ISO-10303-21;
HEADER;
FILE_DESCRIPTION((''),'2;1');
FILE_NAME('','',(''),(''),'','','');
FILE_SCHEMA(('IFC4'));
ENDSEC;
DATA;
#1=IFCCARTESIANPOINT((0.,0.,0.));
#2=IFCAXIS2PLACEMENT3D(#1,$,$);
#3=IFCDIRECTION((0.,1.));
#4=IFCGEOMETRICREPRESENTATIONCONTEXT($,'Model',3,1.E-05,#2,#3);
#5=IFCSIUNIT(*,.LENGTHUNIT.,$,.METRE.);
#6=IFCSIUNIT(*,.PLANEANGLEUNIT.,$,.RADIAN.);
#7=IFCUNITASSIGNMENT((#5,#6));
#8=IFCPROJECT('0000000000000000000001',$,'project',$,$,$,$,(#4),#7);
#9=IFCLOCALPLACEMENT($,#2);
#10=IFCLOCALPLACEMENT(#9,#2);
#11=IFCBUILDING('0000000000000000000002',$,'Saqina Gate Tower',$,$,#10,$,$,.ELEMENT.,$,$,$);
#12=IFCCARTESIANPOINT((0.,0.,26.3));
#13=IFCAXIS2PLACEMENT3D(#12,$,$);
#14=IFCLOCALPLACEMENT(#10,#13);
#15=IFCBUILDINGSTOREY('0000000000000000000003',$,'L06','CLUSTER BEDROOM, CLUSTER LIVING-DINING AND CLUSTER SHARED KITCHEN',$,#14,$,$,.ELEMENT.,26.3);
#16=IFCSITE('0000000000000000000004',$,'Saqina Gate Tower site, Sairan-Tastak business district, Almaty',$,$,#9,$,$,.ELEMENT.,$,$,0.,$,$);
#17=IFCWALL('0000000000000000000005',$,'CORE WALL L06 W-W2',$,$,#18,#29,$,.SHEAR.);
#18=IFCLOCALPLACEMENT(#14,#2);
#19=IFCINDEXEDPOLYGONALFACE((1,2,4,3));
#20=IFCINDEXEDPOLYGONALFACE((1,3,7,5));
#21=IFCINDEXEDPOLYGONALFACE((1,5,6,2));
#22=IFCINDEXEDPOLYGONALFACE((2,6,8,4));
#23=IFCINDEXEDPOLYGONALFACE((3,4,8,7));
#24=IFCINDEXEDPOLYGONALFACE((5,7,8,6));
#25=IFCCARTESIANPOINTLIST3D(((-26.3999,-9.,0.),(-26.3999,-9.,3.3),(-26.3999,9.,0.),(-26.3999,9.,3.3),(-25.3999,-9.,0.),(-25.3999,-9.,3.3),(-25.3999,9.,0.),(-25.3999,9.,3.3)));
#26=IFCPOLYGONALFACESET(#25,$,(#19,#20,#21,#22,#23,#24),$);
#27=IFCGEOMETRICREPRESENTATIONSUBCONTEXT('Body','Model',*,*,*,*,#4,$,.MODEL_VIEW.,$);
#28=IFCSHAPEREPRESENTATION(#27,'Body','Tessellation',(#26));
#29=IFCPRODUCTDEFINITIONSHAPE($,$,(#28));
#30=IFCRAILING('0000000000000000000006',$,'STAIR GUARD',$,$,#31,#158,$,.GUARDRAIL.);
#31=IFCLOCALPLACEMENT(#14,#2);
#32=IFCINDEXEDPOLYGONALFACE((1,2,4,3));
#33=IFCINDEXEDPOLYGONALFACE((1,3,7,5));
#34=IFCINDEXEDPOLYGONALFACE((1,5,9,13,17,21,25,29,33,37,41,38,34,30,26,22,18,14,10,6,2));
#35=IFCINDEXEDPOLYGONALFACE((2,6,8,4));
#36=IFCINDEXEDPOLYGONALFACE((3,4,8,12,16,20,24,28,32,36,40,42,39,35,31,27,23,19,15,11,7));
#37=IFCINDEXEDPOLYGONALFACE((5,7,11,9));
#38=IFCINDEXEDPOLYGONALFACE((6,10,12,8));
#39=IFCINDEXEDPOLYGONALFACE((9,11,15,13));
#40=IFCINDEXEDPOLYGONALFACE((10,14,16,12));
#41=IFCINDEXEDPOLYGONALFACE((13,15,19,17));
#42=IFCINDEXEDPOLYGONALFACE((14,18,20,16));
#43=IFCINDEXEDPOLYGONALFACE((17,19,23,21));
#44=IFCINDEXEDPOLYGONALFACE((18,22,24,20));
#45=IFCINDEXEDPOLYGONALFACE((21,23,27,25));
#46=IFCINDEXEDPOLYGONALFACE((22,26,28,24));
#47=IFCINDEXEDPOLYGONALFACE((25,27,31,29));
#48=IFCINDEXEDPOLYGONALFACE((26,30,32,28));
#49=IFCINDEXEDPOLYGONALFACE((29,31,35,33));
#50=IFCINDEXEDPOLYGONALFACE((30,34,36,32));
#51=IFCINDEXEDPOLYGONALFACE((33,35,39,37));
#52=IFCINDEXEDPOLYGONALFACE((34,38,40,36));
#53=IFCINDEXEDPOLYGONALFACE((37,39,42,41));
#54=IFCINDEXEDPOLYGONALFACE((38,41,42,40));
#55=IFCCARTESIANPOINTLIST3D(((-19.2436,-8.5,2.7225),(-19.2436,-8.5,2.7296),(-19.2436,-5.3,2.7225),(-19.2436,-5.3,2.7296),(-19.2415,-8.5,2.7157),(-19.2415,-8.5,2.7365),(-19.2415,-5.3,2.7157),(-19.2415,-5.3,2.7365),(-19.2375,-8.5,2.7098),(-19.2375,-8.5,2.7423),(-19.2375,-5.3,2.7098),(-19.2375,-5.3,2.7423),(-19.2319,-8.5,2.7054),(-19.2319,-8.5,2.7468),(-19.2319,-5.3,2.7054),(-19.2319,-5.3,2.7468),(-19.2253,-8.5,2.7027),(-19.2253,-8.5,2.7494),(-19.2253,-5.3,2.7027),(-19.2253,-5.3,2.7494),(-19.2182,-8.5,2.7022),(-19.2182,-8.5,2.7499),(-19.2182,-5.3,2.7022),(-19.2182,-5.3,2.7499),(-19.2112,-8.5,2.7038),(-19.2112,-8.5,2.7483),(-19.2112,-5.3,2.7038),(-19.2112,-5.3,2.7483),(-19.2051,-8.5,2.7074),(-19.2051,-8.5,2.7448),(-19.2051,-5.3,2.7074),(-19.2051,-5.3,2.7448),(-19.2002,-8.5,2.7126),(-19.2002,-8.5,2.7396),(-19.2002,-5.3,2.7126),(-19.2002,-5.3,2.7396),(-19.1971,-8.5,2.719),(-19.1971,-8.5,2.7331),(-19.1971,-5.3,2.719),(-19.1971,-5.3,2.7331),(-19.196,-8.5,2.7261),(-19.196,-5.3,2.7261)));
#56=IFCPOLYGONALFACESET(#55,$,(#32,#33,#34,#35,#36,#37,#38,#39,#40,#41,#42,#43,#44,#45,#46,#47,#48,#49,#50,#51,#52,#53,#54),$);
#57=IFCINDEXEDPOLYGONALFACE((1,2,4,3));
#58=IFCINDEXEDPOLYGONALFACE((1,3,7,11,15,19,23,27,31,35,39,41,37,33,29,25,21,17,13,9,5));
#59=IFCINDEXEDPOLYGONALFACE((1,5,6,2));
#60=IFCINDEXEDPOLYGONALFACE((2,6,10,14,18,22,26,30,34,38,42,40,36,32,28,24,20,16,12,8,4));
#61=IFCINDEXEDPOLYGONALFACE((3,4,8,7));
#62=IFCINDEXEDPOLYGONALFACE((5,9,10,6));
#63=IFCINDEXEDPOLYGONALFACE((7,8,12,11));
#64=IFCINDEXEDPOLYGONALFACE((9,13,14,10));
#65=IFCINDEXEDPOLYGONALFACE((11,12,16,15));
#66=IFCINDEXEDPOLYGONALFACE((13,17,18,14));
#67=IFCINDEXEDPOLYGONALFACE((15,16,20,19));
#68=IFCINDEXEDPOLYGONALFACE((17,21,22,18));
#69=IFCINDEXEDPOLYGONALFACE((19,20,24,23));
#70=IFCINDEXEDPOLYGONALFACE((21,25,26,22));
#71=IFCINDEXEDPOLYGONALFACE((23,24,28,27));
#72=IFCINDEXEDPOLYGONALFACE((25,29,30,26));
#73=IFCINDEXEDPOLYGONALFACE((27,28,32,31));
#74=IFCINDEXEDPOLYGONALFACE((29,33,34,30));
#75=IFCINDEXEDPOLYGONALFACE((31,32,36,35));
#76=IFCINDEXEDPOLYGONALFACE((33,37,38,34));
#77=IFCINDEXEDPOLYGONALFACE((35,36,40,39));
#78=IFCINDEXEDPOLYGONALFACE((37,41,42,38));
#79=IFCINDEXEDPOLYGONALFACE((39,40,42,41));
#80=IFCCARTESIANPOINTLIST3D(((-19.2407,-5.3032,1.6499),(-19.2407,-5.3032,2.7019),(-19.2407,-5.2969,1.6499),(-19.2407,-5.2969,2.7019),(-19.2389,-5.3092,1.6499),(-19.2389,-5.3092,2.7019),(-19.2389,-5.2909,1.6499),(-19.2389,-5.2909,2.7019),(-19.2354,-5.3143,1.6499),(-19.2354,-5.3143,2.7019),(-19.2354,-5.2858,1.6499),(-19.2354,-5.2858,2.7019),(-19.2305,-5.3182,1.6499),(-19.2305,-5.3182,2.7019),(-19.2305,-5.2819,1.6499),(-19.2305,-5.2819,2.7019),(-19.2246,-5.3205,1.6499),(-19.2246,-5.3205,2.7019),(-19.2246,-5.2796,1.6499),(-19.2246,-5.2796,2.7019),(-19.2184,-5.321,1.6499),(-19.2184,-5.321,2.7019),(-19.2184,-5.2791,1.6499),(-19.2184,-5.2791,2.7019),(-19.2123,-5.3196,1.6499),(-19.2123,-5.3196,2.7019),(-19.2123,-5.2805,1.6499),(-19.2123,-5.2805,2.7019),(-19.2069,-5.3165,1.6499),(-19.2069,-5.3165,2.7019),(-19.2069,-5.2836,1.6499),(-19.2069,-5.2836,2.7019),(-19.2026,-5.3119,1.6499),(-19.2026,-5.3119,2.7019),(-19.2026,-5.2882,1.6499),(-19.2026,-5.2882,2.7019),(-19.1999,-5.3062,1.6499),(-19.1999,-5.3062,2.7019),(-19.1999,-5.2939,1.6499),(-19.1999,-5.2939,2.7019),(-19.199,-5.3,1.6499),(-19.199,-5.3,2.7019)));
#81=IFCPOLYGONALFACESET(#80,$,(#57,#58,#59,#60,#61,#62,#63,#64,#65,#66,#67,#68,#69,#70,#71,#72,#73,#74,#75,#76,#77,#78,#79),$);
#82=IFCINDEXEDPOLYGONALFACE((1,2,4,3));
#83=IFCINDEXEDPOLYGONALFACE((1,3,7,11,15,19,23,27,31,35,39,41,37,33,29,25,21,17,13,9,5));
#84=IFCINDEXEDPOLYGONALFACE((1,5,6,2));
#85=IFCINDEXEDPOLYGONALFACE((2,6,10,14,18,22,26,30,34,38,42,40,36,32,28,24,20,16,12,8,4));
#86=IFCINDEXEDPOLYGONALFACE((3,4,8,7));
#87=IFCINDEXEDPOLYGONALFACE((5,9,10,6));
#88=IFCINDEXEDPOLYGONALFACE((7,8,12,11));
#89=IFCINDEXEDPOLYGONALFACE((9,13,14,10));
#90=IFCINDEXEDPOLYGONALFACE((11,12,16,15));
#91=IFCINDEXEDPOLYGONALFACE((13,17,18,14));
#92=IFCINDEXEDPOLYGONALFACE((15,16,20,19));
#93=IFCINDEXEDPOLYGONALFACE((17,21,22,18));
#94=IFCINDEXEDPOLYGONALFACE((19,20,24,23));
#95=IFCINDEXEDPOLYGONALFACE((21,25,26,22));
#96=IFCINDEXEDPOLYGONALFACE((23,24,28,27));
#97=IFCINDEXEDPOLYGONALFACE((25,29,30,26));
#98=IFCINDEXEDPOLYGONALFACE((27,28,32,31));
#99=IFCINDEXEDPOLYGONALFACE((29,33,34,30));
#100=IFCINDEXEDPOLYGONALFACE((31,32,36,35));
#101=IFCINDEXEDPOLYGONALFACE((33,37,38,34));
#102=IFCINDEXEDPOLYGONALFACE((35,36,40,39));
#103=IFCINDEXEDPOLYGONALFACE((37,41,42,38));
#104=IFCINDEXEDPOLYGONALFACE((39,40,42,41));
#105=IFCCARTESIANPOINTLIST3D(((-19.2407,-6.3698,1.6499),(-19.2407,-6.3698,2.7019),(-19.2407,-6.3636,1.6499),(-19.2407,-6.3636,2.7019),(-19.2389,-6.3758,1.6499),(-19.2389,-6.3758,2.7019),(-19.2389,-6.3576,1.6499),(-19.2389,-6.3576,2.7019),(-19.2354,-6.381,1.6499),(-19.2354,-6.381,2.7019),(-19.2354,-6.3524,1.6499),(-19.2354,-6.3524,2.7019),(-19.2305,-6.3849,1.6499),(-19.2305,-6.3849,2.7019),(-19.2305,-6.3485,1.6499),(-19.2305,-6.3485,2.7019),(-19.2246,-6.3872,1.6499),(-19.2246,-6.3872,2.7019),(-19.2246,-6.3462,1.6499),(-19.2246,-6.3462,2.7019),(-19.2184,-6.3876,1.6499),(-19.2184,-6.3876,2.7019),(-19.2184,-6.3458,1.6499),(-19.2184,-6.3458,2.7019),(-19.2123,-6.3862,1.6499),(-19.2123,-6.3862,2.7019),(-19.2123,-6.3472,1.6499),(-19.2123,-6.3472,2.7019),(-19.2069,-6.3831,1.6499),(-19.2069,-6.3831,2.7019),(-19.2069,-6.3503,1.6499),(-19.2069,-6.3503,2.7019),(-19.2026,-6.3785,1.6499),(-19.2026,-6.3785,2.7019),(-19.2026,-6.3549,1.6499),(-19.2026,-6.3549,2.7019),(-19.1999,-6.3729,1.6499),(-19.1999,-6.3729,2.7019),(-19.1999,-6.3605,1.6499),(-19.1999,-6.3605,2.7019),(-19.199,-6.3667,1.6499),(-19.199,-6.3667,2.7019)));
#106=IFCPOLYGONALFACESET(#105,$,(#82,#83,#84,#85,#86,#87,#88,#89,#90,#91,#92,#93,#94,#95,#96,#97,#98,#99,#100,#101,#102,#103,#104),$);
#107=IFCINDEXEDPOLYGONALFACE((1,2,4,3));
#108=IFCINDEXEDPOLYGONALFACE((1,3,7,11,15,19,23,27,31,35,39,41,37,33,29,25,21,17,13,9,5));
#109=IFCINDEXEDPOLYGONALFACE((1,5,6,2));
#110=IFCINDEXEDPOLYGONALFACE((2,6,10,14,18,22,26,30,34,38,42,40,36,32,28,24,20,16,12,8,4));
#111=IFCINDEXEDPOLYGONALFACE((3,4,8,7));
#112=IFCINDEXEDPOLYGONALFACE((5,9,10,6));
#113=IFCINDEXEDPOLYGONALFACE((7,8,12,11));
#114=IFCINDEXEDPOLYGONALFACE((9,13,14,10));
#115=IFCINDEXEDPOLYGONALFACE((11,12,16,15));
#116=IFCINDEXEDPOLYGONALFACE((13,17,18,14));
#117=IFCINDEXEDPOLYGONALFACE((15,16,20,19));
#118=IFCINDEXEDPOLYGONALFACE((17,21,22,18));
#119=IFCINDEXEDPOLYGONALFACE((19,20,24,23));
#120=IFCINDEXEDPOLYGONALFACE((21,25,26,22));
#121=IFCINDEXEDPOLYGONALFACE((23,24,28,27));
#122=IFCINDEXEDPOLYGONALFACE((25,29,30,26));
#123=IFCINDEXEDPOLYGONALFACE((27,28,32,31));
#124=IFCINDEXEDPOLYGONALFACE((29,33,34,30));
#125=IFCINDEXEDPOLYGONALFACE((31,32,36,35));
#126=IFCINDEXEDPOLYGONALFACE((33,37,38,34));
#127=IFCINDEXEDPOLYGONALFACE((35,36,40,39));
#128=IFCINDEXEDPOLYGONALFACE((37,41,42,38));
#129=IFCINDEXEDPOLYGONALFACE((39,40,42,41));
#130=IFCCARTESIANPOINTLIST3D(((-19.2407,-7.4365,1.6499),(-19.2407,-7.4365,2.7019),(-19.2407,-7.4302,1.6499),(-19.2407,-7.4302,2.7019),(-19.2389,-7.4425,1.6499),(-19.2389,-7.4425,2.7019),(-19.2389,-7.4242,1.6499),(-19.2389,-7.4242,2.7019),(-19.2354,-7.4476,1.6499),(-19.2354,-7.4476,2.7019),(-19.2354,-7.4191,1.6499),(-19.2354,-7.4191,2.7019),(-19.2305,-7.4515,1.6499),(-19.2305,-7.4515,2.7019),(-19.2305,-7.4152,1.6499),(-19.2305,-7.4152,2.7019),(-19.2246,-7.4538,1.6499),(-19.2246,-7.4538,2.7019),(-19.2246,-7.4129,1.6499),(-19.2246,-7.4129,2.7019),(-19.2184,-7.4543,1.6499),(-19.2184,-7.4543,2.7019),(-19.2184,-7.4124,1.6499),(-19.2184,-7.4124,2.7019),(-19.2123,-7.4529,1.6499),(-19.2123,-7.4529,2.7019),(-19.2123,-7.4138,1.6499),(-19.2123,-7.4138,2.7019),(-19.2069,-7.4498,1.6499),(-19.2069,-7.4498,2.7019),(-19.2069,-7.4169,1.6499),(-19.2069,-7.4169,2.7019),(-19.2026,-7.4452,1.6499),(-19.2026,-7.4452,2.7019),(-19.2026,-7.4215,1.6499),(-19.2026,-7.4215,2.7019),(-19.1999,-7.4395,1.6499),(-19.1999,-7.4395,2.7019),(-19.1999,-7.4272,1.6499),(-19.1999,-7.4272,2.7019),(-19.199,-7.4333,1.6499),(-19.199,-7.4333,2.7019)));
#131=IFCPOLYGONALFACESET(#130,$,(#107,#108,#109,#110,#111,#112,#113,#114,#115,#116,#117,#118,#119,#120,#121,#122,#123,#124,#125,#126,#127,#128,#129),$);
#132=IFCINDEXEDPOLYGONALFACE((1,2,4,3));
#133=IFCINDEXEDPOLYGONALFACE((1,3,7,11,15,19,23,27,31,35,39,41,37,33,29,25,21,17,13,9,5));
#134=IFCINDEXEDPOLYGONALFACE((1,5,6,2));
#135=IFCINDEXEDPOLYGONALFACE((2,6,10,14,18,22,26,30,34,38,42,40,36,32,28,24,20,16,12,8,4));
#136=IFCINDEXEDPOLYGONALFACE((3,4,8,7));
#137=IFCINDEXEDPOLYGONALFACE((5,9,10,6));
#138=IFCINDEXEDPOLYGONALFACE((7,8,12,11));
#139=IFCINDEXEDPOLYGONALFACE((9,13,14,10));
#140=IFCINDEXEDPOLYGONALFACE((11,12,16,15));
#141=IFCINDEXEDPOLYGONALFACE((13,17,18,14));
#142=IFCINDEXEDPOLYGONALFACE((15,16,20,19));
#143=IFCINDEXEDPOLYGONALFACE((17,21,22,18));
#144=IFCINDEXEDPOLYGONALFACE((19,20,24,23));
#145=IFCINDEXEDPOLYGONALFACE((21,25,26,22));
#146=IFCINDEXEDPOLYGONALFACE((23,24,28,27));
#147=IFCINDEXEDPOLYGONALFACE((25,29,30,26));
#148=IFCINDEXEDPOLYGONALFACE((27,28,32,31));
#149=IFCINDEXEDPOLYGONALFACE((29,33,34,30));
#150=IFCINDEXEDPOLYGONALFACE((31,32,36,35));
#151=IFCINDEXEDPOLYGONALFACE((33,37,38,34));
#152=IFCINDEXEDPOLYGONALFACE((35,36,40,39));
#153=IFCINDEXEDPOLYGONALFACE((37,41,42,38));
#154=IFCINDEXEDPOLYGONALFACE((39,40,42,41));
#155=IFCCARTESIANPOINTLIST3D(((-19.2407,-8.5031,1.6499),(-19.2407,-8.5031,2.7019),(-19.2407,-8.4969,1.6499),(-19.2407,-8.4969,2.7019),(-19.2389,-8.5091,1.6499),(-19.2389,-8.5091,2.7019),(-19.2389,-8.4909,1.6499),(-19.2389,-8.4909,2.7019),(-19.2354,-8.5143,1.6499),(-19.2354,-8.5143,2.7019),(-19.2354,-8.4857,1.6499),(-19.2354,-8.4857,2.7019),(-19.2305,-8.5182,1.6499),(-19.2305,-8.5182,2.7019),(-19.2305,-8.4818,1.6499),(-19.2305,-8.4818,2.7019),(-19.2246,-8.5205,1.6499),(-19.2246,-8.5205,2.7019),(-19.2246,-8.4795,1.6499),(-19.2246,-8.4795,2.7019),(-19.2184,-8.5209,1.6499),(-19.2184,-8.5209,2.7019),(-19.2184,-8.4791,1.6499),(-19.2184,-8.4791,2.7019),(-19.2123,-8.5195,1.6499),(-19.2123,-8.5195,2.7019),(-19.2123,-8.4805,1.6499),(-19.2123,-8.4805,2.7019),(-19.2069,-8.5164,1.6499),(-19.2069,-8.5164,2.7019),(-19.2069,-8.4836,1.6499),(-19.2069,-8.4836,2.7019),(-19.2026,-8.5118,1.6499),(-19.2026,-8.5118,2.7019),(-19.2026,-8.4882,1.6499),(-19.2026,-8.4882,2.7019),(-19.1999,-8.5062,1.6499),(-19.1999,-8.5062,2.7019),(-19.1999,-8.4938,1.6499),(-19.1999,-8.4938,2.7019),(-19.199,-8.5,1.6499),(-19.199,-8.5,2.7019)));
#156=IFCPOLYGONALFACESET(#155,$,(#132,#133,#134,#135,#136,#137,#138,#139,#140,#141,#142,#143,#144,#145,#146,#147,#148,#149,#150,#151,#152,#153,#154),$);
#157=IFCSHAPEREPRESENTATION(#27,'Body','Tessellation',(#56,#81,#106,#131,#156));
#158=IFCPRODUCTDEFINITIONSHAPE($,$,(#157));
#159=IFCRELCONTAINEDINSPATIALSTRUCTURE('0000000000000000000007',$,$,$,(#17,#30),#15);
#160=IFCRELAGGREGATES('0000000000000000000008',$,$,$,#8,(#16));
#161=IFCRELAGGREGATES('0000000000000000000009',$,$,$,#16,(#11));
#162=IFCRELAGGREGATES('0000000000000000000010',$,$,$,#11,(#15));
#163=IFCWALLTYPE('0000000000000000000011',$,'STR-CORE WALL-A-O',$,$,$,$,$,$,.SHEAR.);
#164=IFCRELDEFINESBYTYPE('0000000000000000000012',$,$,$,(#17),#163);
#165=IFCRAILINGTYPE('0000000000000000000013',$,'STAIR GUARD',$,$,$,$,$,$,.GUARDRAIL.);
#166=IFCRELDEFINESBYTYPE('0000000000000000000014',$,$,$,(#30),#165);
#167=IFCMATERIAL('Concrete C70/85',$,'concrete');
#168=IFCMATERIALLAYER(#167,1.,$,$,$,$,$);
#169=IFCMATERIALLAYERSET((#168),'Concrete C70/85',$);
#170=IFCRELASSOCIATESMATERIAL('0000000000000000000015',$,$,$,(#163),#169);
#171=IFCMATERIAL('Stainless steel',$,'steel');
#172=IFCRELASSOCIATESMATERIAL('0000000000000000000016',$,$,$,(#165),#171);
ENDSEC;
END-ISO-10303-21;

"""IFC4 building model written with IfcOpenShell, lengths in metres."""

from ifc_helpers import new_model, si_unit, direction, frame, frame_2d, origin, origin_2d, place, context, subcontext, project, spatial, rectangle, circle, extrude, material, layer, layer_set, type_object, element, save


model = new_model("IFC4")

# Units and contexts
model_context = context("Model", 3, precision=1e-05, world=origin(), true_north=direction((0.0, 1.0)))
body_context = subcontext(model_context, "Body", "Model", "MODEL_VIEW")
ifc_project = project(units=[si_unit("LENGTHUNIT", "METRE"), si_unit("PLANEANGLEUNIT", "RADIAN")], contexts=[model_context])

# Site, building, storey
site_placement = place(None, origin())
site = spatial("IfcSite", under=ifc_project, at=site_placement, Name="Saqina Gate Tower site, Sairan-Tastak business district, Almaty", CompositionType="ELEMENT", RefElevation=0.0)
building_placement = place(site_placement, origin())
building = spatial("IfcBuilding", under=site, at=building_placement, Name="Saqina Gate Tower", CompositionType="ELEMENT")
storey_placement = place(building_placement, frame((0.0, 0.0, 26.3)))
storey = spatial("IfcBuildingStorey", under=building, at=storey_placement, Name="L06", Description="CLUSTER BEDROOM, CLUSTER LIVING-DINING AND CLUSTER SHARED KITCHEN", CompositionType="ELEMENT", Elevation=26.3)

# Wall
ifc_material_1 = material(Name="Concrete C70/85", Category="concrete")
ifc_layer_1 = layer(ifc_material_1, 1.0)
ifc_layer_set_1 = layer_set([ifc_layer_1], Name="Concrete C70/85")
wall_type_1 = type_object("IfcWallType", Name="STR-CORE WALL-A-O", PredefinedType="SHEAR", material=ifc_layer_set_1)
wall_1_placement = place(storey_placement, frame((-25.8999, -9.0, 0.0), z_axis=(0.0, 0.0, 1.0), x_axis=(0.0, 1.0, 0.0)))
element("IfcWall", 1, at=wall_1_placement, inside=storey, type_object=wall_type_1, Name="CORE WALL L06 W-W2", PredefinedType="SHEAR", context=body_context, shape_type="SweptSolid", body=[
    extrude(rectangle(XDim=18.0, YDim=1.0, at=frame_2d((9.0, 0.0))), origin(), (0.0, 0.0, 1.0), 3.3),
])

# Railing
ifc_material_2 = material(Name="Stainless steel", Category="steel")
railing_type = type_object("IfcRailingType", Name="STAIR GUARD", PredefinedType="GUARDRAIL", material=ifc_material_2)
railing_placement = place(storey_placement, frame((-19.22, -5.3, 1.6499)))
element("IfcRailing", 2, at=railing_placement, inside=storey, type_object=railing_type, Name="STAIR GUARD", PredefinedType="GUARDRAIL", context=body_context, shape_type="SweptSolid", body=[
    extrude(circle(Radius=0.0239, at=origin_2d()), frame((0.0, 0.0, 1.0762), z_axis=(0.0, -1.0, 0.0), x_axis=(1.0, 0.0, 0.0)), (0.0, 0.0, 1.0), 3.2),
    extrude(circle(Radius=0.021, at=origin_2d()), origin(), (0.0, 0.0, 1.0), 1.052),
    extrude(circle(Radius=0.021, at=origin_2d()), frame((0.0, -1.0667, 0.0)), (0.0, 0.0, 1.0), 1.052),
    extrude(circle(Radius=0.021, at=origin_2d()), frame((0.0, -2.1333, 0.0)), (0.0, 0.0, 1.0), 1.052),
    extrude(circle(Radius=0.021, at=origin_2d()), frame((0.0, -3.2, 0.0)), (0.0, 0.0, 1.0), 1.052),
])

save(model, "model.ifc")
